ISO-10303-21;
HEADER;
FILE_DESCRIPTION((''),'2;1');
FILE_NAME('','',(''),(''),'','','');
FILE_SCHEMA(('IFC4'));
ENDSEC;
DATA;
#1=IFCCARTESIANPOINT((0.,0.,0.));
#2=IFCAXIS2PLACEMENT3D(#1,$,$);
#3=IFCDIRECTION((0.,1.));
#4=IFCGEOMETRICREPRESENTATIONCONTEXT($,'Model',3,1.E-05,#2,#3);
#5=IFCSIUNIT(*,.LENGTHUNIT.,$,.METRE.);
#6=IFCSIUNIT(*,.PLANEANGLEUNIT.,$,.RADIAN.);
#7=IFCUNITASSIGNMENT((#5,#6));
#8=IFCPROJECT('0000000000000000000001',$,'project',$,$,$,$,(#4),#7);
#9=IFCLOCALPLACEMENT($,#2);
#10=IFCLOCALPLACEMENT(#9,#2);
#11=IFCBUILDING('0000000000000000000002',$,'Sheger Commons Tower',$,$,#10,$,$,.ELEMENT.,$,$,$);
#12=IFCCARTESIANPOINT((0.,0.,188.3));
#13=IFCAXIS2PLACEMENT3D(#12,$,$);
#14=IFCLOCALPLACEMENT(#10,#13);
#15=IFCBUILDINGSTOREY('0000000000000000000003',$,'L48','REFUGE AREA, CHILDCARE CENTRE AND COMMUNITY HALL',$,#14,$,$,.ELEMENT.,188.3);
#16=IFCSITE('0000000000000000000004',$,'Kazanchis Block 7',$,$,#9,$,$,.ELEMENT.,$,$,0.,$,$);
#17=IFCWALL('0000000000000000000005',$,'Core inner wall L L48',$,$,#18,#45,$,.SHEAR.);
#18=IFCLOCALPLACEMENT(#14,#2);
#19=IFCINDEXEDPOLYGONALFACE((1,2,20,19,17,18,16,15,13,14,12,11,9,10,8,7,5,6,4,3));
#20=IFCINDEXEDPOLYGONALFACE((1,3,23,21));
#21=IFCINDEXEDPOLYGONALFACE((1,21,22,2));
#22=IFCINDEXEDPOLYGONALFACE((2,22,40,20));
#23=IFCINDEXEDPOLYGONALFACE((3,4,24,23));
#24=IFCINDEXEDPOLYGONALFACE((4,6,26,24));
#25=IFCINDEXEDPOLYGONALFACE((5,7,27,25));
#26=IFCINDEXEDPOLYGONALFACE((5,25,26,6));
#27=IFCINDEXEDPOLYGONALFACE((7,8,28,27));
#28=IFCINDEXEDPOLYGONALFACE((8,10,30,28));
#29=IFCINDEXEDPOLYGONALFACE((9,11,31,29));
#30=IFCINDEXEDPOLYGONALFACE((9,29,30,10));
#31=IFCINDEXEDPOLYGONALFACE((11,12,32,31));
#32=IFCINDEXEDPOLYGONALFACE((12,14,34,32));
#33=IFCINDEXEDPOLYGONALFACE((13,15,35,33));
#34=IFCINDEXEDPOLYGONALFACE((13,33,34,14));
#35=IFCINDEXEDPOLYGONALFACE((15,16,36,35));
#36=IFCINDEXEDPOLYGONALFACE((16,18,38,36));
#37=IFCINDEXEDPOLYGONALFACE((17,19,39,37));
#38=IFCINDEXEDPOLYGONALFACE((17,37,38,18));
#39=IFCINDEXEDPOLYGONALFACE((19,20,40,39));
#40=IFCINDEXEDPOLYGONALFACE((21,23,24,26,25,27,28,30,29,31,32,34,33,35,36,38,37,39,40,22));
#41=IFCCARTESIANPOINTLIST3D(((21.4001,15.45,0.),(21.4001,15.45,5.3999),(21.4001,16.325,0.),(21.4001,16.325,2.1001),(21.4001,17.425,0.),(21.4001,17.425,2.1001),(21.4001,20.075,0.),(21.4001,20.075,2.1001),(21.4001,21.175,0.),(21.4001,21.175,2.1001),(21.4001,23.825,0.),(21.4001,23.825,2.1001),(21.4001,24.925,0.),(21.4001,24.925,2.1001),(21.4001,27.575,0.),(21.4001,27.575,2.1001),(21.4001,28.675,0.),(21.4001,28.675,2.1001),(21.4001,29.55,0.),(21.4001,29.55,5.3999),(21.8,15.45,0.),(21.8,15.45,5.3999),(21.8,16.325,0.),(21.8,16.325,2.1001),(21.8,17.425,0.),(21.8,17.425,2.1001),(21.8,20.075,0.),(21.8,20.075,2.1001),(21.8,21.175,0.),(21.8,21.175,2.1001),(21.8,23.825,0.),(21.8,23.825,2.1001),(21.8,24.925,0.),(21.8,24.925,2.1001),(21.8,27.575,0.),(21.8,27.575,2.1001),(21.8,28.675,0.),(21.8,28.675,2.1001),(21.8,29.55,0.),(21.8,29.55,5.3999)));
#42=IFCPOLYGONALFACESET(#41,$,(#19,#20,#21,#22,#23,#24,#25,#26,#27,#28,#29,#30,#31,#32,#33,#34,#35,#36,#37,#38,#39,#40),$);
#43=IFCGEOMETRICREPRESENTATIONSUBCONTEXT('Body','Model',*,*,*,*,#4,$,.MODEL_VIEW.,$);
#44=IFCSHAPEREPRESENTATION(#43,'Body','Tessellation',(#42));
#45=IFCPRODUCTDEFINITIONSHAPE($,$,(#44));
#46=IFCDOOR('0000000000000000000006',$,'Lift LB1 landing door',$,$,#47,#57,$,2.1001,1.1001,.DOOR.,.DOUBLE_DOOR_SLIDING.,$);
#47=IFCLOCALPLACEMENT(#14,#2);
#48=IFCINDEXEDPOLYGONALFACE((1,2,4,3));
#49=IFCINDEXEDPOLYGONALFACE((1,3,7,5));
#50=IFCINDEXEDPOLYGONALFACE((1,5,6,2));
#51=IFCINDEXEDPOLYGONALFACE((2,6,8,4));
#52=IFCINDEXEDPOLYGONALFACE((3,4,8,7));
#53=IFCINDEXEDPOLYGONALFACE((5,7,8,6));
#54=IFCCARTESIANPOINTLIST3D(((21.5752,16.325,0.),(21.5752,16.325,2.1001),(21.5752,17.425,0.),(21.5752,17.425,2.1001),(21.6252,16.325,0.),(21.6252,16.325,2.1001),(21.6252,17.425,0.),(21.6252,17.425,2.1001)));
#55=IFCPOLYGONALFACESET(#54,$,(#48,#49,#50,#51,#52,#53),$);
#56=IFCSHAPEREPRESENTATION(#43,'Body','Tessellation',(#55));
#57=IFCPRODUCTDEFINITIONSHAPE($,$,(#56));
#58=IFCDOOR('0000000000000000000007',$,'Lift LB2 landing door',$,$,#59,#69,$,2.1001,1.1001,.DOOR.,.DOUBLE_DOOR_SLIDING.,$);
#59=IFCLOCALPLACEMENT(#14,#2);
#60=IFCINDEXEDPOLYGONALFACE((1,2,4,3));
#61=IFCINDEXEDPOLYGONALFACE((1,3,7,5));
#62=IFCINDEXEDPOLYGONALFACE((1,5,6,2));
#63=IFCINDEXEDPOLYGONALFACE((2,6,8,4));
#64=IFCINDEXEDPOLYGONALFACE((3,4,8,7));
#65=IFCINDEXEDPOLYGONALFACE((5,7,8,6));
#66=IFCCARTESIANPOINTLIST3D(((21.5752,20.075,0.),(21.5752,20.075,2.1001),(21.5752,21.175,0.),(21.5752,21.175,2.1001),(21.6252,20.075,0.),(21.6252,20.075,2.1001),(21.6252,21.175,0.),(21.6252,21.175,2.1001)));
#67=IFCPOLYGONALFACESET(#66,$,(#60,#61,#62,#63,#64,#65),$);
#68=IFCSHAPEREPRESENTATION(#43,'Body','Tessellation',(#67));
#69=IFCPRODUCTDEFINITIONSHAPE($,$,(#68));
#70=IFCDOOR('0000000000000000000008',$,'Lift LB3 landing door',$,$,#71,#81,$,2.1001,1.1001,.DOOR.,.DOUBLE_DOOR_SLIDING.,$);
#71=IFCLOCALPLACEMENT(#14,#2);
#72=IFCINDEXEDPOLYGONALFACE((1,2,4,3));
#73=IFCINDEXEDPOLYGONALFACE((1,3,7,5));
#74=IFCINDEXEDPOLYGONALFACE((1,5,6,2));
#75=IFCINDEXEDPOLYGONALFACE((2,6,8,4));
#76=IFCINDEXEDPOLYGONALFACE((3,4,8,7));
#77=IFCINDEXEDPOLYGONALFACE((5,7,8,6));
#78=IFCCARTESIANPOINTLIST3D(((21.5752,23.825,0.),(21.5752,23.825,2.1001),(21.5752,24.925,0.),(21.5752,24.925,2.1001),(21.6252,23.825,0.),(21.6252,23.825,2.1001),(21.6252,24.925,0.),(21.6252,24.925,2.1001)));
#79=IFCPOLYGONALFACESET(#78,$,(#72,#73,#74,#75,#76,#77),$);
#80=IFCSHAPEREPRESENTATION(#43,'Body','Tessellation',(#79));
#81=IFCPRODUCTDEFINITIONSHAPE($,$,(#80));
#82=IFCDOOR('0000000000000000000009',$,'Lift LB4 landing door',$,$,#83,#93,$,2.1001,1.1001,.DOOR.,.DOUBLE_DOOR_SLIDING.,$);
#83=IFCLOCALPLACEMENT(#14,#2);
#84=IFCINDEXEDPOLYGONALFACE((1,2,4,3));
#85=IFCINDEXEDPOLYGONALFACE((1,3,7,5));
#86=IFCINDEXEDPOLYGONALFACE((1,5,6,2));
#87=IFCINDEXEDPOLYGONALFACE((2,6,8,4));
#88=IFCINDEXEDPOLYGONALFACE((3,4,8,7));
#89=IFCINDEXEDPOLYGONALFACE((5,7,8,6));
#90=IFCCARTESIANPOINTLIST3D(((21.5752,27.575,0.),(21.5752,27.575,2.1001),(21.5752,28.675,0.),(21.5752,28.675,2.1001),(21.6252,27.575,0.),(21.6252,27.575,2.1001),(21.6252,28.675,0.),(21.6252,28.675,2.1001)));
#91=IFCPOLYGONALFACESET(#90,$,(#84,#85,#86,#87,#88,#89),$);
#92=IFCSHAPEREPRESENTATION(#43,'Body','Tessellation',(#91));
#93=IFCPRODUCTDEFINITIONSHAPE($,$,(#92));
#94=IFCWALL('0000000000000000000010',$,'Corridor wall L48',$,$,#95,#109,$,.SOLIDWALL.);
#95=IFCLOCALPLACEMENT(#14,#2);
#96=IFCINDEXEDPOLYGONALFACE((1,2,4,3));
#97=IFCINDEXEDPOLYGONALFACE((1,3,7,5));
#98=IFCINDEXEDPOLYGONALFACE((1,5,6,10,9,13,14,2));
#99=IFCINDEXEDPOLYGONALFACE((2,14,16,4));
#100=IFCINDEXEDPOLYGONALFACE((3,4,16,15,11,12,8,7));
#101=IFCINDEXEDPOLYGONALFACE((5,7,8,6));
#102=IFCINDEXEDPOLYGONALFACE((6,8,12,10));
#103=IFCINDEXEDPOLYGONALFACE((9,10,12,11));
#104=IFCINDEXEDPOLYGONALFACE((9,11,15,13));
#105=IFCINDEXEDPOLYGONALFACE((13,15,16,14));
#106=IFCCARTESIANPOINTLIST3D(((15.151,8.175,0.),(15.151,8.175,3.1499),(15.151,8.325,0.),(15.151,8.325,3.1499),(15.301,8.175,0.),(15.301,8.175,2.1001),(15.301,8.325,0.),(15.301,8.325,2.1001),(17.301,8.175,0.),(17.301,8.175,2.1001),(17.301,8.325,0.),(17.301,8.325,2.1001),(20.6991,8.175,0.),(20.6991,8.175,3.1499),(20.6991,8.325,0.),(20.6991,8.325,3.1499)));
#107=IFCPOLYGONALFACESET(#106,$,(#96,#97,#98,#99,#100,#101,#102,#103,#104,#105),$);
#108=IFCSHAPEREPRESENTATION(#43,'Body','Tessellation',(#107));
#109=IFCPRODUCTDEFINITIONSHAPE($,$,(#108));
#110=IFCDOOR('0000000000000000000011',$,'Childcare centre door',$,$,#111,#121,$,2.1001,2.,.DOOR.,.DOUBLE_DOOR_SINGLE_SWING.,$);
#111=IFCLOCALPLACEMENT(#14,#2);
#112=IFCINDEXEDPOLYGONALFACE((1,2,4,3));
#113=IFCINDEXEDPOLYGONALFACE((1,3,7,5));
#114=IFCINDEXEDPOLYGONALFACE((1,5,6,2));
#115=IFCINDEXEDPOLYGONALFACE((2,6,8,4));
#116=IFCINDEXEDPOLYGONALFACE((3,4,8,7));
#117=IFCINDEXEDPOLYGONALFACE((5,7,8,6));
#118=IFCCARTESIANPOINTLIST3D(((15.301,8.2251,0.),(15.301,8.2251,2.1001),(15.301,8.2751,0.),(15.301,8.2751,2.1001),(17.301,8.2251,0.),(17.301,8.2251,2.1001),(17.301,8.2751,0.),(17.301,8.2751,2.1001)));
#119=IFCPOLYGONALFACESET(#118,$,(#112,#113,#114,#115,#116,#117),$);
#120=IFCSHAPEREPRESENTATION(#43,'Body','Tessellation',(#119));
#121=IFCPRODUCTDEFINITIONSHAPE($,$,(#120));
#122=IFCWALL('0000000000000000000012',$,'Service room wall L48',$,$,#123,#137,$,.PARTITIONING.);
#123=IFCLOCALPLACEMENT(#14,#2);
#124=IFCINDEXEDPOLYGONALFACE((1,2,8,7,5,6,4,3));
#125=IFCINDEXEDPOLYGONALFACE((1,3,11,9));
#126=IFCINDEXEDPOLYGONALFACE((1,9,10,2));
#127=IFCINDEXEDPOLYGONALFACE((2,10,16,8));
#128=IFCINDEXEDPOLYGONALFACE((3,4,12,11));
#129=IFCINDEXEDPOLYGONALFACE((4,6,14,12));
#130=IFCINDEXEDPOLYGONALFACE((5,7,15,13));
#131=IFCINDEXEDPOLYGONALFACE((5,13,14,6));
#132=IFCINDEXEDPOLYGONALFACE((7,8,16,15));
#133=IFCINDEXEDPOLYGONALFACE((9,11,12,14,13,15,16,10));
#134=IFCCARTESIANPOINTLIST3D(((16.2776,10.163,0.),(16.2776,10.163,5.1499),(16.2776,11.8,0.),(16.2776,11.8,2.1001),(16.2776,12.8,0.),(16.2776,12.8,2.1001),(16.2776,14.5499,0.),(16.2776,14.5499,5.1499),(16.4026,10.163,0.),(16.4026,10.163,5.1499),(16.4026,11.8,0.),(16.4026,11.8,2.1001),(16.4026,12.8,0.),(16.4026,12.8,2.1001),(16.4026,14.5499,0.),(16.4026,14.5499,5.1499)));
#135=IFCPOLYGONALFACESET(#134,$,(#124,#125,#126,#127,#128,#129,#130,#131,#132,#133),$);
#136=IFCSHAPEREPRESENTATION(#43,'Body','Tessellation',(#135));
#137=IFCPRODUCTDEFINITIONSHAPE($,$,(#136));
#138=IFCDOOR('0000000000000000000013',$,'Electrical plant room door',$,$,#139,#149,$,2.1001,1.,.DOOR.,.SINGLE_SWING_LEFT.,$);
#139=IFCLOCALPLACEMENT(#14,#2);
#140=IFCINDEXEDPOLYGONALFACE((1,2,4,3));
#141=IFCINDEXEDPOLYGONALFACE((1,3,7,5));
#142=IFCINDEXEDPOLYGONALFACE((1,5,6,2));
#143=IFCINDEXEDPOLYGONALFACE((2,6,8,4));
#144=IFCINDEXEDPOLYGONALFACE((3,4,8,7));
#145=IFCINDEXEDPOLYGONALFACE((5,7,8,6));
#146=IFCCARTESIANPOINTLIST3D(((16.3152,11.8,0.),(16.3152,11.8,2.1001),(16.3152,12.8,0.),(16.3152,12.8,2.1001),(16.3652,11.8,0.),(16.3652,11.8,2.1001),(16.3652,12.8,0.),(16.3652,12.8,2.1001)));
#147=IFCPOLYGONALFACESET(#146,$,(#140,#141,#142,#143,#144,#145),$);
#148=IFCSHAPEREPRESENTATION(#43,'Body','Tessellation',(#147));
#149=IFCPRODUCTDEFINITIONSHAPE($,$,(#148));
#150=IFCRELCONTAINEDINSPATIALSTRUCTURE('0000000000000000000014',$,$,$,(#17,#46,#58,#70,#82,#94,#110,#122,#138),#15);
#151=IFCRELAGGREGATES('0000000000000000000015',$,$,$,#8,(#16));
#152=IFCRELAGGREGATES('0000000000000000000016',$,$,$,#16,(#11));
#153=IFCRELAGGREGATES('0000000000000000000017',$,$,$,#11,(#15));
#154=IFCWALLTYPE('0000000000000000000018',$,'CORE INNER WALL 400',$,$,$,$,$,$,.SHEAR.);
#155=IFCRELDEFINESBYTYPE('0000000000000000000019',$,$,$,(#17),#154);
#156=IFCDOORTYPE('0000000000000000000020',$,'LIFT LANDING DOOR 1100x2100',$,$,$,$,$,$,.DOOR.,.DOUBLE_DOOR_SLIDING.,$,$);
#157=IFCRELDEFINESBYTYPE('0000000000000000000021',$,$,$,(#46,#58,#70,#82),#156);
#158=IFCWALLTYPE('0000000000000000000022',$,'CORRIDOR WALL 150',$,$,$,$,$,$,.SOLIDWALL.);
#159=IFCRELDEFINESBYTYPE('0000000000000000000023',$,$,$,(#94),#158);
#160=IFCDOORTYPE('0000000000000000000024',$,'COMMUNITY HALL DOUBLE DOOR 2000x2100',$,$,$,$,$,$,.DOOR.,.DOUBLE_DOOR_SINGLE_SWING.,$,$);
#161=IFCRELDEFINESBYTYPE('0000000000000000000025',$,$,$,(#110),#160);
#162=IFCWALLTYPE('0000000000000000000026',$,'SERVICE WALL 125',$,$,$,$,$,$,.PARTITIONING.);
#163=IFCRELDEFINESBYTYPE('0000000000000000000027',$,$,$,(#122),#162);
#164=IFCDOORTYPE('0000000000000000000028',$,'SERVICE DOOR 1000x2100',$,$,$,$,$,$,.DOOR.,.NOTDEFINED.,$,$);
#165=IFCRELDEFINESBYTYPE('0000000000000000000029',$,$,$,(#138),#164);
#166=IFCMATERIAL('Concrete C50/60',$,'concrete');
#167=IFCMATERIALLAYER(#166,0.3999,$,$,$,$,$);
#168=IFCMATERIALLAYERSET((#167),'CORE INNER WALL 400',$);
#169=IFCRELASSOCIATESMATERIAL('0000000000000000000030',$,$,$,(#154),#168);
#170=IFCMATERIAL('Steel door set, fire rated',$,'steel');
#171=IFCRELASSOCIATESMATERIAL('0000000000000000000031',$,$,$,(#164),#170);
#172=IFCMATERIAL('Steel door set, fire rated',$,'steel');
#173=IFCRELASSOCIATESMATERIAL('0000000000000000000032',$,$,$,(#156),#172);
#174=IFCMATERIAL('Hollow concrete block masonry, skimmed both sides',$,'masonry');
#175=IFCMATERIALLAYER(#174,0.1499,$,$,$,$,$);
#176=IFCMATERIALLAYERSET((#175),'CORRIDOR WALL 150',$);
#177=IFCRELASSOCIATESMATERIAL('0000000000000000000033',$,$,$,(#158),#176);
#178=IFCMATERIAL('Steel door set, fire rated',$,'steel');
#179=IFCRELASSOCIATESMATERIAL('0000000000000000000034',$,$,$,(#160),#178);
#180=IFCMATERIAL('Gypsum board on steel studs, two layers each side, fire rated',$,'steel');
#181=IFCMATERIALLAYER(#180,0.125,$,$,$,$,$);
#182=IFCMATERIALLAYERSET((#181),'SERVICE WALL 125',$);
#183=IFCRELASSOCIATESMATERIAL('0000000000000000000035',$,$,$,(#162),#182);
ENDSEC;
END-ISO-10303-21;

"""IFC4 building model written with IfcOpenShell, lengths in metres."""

from ifc_helpers import new_model, si_unit, direction, frame, frame_2d, origin, place, context, subcontext, project, spatial, rectangle, extrude, material, layer, layer_set, type_object, element, fill, save


model = new_model("IFC4")

# Units and contexts
model_context = context("Model", 3, precision=1e-05, world=origin(), true_north=direction((0.0, 1.0)))
body_context = subcontext(model_context, "Body", "Model", "MODEL_VIEW")
ifc_project = project(units=[si_unit("LENGTHUNIT", "METRE"), si_unit("PLANEANGLEUNIT", "RADIAN")], contexts=[model_context])

# Site, building, storey
site_placement = place(None, origin())
site = spatial("IfcSite", under=ifc_project, at=site_placement, Name="Kazanchis Block 7", CompositionType="ELEMENT", RefElevation=0.0)
building_placement = place(site_placement, origin())
building = spatial("IfcBuilding", under=site, at=building_placement, Name="Sheger Commons Tower", CompositionType="ELEMENT")
storey_placement = place(building_placement, frame((0.0, 0.0, 188.3)))
storey = spatial("IfcBuildingStorey", under=building, at=storey_placement, Name="L48", Description="REFUGE AREA, CHILDCARE CENTRE AND COMMUNITY HALL", CompositionType="ELEMENT", Elevation=188.3)

# Wall, openings, doors
ifc_material_1 = material(Name="Concrete C50/60", Category="concrete")
ifc_layer_1 = layer(ifc_material_1, 0.3999)
ifc_layer_set_1 = layer_set([ifc_layer_1], Name="CORE INNER WALL 400")
wall_type_1 = type_object("IfcWallType", Name="CORE INNER WALL 400", PredefinedType="SHEAR", material=ifc_layer_set_1)
ifc_material_2 = material(Name="Steel door set, fire rated", Category="steel")
door_type_1 = type_object("IfcDoorType", Name="SERVICE DOOR 1000x2100", OperationType="NOTDEFINED", PredefinedType="DOOR", material=ifc_material_2)
wall_1_placement = place(storey_placement, frame((21.6001, 15.45, 0.0), z_axis=(0.0, 0.0, 1.0), x_axis=(0.0, 1.0, 0.0)))
wall_1 = element("IfcWall", 1, at=wall_1_placement, inside=storey, type_object=wall_type_1, Name="Core inner wall L L48", PredefinedType="SHEAR", context=body_context, shape_type="SweptSolid", body=[
    extrude(rectangle(XDim=14.1001, YDim=0.3999, at=frame_2d((7.05, 0.0))), origin(), (0.0, 0.0, 1.0), 5.3999),
])
opening_1_placement = place(wall_1_placement, frame((0.875, 0.0, 0.0)))
opening_1 = element("IfcOpeningElement", 2, at=opening_1_placement, cuts=wall_1, PredefinedType="OPENING", context=body_context, shape_type="SweptSolid", body=[
    extrude(rectangle(XDim=1.1001, YDim=2.1001, at=frame_2d((0.55, 1.05))), frame((0.0, 0.21, 0.0), z_axis=(0.0, -1.0, 0.0), x_axis=(1.0, 0.0, 0.0)), (0.0, 0.0, 1.0), 0.4199),
])
opening_2_placement = place(wall_1_placement, frame((4.625, 0.0, 0.0)))
opening_2 = element("IfcOpeningElement", 3, at=opening_2_placement, cuts=wall_1, PredefinedType="OPENING", context=body_context, shape_type="SweptSolid", body=[
    extrude(rectangle(XDim=1.1001, YDim=2.1001, at=frame_2d((0.55, 1.05))), frame((0.0, 0.21, 0.0), z_axis=(0.0, -1.0, 0.0), x_axis=(1.0, 0.0, 0.0)), (0.0, 0.0, 1.0), 0.4199),
])
opening_3_placement = place(wall_1_placement, frame((8.375, 0.0, 0.0)))
opening_3 = element("IfcOpeningElement", 4, at=opening_3_placement, cuts=wall_1, PredefinedType="OPENING", context=body_context, shape_type="SweptSolid", body=[
    extrude(rectangle(XDim=1.1001, YDim=2.1001, at=frame_2d((0.55, 1.05))), frame((0.0, 0.21, 0.0), z_axis=(0.0, -1.0, 0.0), x_axis=(1.0, 0.0, 0.0)), (0.0, 0.0, 1.0), 0.4199),
])
opening_4_placement = place(wall_1_placement, frame((12.125, 0.0, 0.0)))
opening_4 = element("IfcOpeningElement", 5, at=opening_4_placement, cuts=wall_1, PredefinedType="OPENING", context=body_context, shape_type="SweptSolid", body=[
    extrude(rectangle(XDim=1.1001, YDim=2.1001, at=frame_2d((0.55, 1.05))), frame((0.0, 0.21, 0.0), z_axis=(0.0, -1.0, 0.0), x_axis=(1.0, 0.0, 0.0)), (0.0, 0.0, 1.0), 0.4199),
])
ifc_material_3 = material(Name="Steel door set, fire rated", Category="steel")
door_type_2 = type_object("IfcDoorType", Name="LIFT LANDING DOOR 1100x2100", OperationType="DOUBLE_DOOR_SLIDING", PredefinedType="DOOR", material=ifc_material_3)
door_1_placement = place(opening_1_placement, origin())
door_1 = element("IfcDoor", 6, at=door_1_placement, inside=storey, type_object=door_type_2, Name="Lift LB1 landing door", OperationType="DOUBLE_DOOR_SLIDING", OverallHeight=2.1001, OverallWidth=1.1001, PredefinedType="DOOR", context=body_context, shape_type="SweptSolid", body=[
    extrude(rectangle(XDim=1.1001, YDim=2.1001, at=frame_2d((0.55, 1.05))), frame((0.0, 0.0249, 0.0), z_axis=(0.0, -1.0, 0.0), x_axis=(1.0, 0.0, 0.0)), (0.0, 0.0, 1.0), 0.05),
])
fill(opening_1, door_1)
door_2_placement = place(opening_2_placement, origin())
door_2 = element("IfcDoor", 7, at=door_2_placement, inside=storey, type_object=door_type_2, Name="Lift LB2 landing door", OperationType="DOUBLE_DOOR_SLIDING", OverallHeight=2.1001, OverallWidth=1.1001, PredefinedType="DOOR", context=body_context, shape_type="SweptSolid", body=[
    extrude(rectangle(XDim=1.1001, YDim=2.1001, at=frame_2d((0.55, 1.05))), frame((0.0, 0.0249, 0.0), z_axis=(0.0, -1.0, 0.0), x_axis=(1.0, 0.0, 0.0)), (0.0, 0.0, 1.0), 0.05),
])
fill(opening_2, door_2)
door_3_placement = place(opening_3_placement, origin())
door_3 = element("IfcDoor", 8, at=door_3_placement, inside=storey, type_object=door_type_2, Name="Lift LB3 landing door", OperationType="DOUBLE_DOOR_SLIDING", OverallHeight=2.1001, OverallWidth=1.1001, PredefinedType="DOOR", context=body_context, shape_type="SweptSolid", body=[
    extrude(rectangle(XDim=1.1001, YDim=2.1001, at=frame_2d((0.55, 1.05))), frame((0.0, 0.0249, 0.0), z_axis=(0.0, -1.0, 0.0), x_axis=(1.0, 0.0, 0.0)), (0.0, 0.0, 1.0), 0.05),
])
fill(opening_3, door_3)
door_4_placement = place(opening_4_placement, origin())
door_4 = element("IfcDoor", 9, at=door_4_placement, inside=storey, type_object=door_type_2, Name="Lift LB4 landing door", OperationType="DOUBLE_DOOR_SLIDING", OverallHeight=2.1001, OverallWidth=1.1001, PredefinedType="DOOR", context=body_context, shape_type="SweptSolid", body=[
    extrude(rectangle(XDim=1.1001, YDim=2.1001, at=frame_2d((0.55, 1.05))), frame((0.0, 0.0249, 0.0), z_axis=(0.0, -1.0, 0.0), x_axis=(1.0, 0.0, 0.0)), (0.0, 0.0, 1.0), 0.05),
])
fill(opening_4, door_4)

# Walls, openings, doors
ifc_material_4 = material(Name="Hollow concrete block masonry, skimmed both sides", Category="masonry")
ifc_layer_2 = layer(ifc_material_4, 0.1499)
ifc_layer_set_2 = layer_set([ifc_layer_2], Name="CORRIDOR WALL 150")
wall_type_2 = type_object("IfcWallType", Name="CORRIDOR WALL 150", PredefinedType="SOLIDWALL", material=ifc_layer_set_2)
wall_2_placement = place(storey_placement, frame((20.699, 8.25, 0.0), z_axis=(0.0, 0.0, 1.0), x_axis=(-1.0, 0.0, 0.0)))
wall_2 = element("IfcWall", 10, at=wall_2_placement, inside=storey, type_object=wall_type_2, Name="Corridor wall L48", PredefinedType="SOLIDWALL", context=body_context, shape_type="SweptSolid", body=[
    extrude(rectangle(XDim=5.5481, YDim=0.1499, at=frame_2d((2.7739, 0.0))), origin(), (0.0, 0.0, 1.0), 3.1499),
])
opening_5_placement = place(wall_2_placement, frame((3.3979, 0.0, 0.0)))
opening_5 = element("IfcOpeningElement", 11, at=opening_5_placement, cuts=wall_2, PredefinedType="OPENING", context=body_context, shape_type="SweptSolid", body=[
    extrude(rectangle(XDim=2.0, YDim=2.1001, at=frame_2d((1.0, 1.05))), frame((0.0, 0.085, 0.0), z_axis=(0.0, -1.0, 0.0), x_axis=(1.0, 0.0, 0.0)), (0.0, 0.0, 1.0), 0.1699),
])
ifc_material_5 = material(Name="Steel door set, fire rated", Category="steel")
door_type_3 = type_object("IfcDoorType", Name="COMMUNITY HALL DOUBLE DOOR 2000x2100", OperationType="DOUBLE_DOOR_SINGLE_SWING", PredefinedType="DOOR", material=ifc_material_5)
door_5_placement = place(opening_5_placement, origin())
door_5 = element("IfcDoor", 12, at=door_5_placement, inside=storey, type_object=door_type_3, Name="Childcare centre door", OperationType="DOUBLE_DOOR_SINGLE_SWING", OverallHeight=2.1001, OverallWidth=2.0, PredefinedType="DOOR", context=body_context, shape_type="SweptSolid", body=[
    extrude(rectangle(XDim=2.0, YDim=2.1001, at=frame_2d((1.0, 1.05))), frame((0.0, 0.0249, 0.0), z_axis=(0.0, -1.0, 0.0), x_axis=(1.0, 0.0, 0.0)), (0.0, 0.0, 1.0), 0.05),
])
fill(opening_5, door_5)
ifc_material_6 = material(Name="Gypsum board on steel studs, two layers each side, fire rated", Category="steel")
ifc_layer_3 = layer(ifc_material_6, 0.125)
ifc_layer_set_3 = layer_set([ifc_layer_3], Name="SERVICE WALL 125")
wall_type_3 = type_object("IfcWallType", Name="SERVICE WALL 125", PredefinedType="PARTITIONING", material=ifc_layer_set_3)
wall_3_placement = place(storey_placement, frame((16.3401, 10.1631, 0.0), z_axis=(0.0, 0.0, 1.0), x_axis=(0.0, 1.0, 0.0)))
wall_3 = element("IfcWall", 13, at=wall_3_placement, inside=storey, type_object=wall_type_3, Name="Service room wall L48", PredefinedType="PARTITIONING", context=body_context, shape_type="SweptSolid", body=[
    extrude(rectangle(XDim=4.387, YDim=0.125, at=frame_2d((2.1934, 0.0))), origin(), (0.0, 0.0, 1.0), 5.1499),
])
opening_6_placement = place(wall_3_placement, frame((1.637, 0.0, 0.0)))
opening_6 = element("IfcOpeningElement", 14, at=opening_6_placement, cuts=wall_3, PredefinedType="OPENING", context=body_context, shape_type="SweptSolid", body=[
    extrude(rectangle(XDim=1.0, YDim=2.1001, at=frame_2d((0.5, 1.05))), frame((0.0, 0.0725, 0.0), z_axis=(0.0, -1.0, 0.0), x_axis=(1.0, 0.0, 0.0)), (0.0, 0.0, 1.0), 0.145),
])
door_6_placement = place(opening_6_placement, origin())
door_6 = element("IfcDoor", 15, at=door_6_placement, inside=storey, type_object=door_type_1, Name="Electrical plant room door", OperationType="SINGLE_SWING_LEFT", OverallHeight=2.1001, OverallWidth=1.0, PredefinedType="DOOR", context=body_context, shape_type="SweptSolid", body=[
    extrude(rectangle(XDim=1.0, YDim=2.1001, at=frame_2d((0.5, 1.05))), frame((0.0, 0.0249, 0.0), z_axis=(0.0, -1.0, 0.0), x_axis=(1.0, 0.0, 0.0)), (0.0, 0.0, 1.0), 0.05),
])
fill(opening_6, door_6)

save(model, "model.ifc")
